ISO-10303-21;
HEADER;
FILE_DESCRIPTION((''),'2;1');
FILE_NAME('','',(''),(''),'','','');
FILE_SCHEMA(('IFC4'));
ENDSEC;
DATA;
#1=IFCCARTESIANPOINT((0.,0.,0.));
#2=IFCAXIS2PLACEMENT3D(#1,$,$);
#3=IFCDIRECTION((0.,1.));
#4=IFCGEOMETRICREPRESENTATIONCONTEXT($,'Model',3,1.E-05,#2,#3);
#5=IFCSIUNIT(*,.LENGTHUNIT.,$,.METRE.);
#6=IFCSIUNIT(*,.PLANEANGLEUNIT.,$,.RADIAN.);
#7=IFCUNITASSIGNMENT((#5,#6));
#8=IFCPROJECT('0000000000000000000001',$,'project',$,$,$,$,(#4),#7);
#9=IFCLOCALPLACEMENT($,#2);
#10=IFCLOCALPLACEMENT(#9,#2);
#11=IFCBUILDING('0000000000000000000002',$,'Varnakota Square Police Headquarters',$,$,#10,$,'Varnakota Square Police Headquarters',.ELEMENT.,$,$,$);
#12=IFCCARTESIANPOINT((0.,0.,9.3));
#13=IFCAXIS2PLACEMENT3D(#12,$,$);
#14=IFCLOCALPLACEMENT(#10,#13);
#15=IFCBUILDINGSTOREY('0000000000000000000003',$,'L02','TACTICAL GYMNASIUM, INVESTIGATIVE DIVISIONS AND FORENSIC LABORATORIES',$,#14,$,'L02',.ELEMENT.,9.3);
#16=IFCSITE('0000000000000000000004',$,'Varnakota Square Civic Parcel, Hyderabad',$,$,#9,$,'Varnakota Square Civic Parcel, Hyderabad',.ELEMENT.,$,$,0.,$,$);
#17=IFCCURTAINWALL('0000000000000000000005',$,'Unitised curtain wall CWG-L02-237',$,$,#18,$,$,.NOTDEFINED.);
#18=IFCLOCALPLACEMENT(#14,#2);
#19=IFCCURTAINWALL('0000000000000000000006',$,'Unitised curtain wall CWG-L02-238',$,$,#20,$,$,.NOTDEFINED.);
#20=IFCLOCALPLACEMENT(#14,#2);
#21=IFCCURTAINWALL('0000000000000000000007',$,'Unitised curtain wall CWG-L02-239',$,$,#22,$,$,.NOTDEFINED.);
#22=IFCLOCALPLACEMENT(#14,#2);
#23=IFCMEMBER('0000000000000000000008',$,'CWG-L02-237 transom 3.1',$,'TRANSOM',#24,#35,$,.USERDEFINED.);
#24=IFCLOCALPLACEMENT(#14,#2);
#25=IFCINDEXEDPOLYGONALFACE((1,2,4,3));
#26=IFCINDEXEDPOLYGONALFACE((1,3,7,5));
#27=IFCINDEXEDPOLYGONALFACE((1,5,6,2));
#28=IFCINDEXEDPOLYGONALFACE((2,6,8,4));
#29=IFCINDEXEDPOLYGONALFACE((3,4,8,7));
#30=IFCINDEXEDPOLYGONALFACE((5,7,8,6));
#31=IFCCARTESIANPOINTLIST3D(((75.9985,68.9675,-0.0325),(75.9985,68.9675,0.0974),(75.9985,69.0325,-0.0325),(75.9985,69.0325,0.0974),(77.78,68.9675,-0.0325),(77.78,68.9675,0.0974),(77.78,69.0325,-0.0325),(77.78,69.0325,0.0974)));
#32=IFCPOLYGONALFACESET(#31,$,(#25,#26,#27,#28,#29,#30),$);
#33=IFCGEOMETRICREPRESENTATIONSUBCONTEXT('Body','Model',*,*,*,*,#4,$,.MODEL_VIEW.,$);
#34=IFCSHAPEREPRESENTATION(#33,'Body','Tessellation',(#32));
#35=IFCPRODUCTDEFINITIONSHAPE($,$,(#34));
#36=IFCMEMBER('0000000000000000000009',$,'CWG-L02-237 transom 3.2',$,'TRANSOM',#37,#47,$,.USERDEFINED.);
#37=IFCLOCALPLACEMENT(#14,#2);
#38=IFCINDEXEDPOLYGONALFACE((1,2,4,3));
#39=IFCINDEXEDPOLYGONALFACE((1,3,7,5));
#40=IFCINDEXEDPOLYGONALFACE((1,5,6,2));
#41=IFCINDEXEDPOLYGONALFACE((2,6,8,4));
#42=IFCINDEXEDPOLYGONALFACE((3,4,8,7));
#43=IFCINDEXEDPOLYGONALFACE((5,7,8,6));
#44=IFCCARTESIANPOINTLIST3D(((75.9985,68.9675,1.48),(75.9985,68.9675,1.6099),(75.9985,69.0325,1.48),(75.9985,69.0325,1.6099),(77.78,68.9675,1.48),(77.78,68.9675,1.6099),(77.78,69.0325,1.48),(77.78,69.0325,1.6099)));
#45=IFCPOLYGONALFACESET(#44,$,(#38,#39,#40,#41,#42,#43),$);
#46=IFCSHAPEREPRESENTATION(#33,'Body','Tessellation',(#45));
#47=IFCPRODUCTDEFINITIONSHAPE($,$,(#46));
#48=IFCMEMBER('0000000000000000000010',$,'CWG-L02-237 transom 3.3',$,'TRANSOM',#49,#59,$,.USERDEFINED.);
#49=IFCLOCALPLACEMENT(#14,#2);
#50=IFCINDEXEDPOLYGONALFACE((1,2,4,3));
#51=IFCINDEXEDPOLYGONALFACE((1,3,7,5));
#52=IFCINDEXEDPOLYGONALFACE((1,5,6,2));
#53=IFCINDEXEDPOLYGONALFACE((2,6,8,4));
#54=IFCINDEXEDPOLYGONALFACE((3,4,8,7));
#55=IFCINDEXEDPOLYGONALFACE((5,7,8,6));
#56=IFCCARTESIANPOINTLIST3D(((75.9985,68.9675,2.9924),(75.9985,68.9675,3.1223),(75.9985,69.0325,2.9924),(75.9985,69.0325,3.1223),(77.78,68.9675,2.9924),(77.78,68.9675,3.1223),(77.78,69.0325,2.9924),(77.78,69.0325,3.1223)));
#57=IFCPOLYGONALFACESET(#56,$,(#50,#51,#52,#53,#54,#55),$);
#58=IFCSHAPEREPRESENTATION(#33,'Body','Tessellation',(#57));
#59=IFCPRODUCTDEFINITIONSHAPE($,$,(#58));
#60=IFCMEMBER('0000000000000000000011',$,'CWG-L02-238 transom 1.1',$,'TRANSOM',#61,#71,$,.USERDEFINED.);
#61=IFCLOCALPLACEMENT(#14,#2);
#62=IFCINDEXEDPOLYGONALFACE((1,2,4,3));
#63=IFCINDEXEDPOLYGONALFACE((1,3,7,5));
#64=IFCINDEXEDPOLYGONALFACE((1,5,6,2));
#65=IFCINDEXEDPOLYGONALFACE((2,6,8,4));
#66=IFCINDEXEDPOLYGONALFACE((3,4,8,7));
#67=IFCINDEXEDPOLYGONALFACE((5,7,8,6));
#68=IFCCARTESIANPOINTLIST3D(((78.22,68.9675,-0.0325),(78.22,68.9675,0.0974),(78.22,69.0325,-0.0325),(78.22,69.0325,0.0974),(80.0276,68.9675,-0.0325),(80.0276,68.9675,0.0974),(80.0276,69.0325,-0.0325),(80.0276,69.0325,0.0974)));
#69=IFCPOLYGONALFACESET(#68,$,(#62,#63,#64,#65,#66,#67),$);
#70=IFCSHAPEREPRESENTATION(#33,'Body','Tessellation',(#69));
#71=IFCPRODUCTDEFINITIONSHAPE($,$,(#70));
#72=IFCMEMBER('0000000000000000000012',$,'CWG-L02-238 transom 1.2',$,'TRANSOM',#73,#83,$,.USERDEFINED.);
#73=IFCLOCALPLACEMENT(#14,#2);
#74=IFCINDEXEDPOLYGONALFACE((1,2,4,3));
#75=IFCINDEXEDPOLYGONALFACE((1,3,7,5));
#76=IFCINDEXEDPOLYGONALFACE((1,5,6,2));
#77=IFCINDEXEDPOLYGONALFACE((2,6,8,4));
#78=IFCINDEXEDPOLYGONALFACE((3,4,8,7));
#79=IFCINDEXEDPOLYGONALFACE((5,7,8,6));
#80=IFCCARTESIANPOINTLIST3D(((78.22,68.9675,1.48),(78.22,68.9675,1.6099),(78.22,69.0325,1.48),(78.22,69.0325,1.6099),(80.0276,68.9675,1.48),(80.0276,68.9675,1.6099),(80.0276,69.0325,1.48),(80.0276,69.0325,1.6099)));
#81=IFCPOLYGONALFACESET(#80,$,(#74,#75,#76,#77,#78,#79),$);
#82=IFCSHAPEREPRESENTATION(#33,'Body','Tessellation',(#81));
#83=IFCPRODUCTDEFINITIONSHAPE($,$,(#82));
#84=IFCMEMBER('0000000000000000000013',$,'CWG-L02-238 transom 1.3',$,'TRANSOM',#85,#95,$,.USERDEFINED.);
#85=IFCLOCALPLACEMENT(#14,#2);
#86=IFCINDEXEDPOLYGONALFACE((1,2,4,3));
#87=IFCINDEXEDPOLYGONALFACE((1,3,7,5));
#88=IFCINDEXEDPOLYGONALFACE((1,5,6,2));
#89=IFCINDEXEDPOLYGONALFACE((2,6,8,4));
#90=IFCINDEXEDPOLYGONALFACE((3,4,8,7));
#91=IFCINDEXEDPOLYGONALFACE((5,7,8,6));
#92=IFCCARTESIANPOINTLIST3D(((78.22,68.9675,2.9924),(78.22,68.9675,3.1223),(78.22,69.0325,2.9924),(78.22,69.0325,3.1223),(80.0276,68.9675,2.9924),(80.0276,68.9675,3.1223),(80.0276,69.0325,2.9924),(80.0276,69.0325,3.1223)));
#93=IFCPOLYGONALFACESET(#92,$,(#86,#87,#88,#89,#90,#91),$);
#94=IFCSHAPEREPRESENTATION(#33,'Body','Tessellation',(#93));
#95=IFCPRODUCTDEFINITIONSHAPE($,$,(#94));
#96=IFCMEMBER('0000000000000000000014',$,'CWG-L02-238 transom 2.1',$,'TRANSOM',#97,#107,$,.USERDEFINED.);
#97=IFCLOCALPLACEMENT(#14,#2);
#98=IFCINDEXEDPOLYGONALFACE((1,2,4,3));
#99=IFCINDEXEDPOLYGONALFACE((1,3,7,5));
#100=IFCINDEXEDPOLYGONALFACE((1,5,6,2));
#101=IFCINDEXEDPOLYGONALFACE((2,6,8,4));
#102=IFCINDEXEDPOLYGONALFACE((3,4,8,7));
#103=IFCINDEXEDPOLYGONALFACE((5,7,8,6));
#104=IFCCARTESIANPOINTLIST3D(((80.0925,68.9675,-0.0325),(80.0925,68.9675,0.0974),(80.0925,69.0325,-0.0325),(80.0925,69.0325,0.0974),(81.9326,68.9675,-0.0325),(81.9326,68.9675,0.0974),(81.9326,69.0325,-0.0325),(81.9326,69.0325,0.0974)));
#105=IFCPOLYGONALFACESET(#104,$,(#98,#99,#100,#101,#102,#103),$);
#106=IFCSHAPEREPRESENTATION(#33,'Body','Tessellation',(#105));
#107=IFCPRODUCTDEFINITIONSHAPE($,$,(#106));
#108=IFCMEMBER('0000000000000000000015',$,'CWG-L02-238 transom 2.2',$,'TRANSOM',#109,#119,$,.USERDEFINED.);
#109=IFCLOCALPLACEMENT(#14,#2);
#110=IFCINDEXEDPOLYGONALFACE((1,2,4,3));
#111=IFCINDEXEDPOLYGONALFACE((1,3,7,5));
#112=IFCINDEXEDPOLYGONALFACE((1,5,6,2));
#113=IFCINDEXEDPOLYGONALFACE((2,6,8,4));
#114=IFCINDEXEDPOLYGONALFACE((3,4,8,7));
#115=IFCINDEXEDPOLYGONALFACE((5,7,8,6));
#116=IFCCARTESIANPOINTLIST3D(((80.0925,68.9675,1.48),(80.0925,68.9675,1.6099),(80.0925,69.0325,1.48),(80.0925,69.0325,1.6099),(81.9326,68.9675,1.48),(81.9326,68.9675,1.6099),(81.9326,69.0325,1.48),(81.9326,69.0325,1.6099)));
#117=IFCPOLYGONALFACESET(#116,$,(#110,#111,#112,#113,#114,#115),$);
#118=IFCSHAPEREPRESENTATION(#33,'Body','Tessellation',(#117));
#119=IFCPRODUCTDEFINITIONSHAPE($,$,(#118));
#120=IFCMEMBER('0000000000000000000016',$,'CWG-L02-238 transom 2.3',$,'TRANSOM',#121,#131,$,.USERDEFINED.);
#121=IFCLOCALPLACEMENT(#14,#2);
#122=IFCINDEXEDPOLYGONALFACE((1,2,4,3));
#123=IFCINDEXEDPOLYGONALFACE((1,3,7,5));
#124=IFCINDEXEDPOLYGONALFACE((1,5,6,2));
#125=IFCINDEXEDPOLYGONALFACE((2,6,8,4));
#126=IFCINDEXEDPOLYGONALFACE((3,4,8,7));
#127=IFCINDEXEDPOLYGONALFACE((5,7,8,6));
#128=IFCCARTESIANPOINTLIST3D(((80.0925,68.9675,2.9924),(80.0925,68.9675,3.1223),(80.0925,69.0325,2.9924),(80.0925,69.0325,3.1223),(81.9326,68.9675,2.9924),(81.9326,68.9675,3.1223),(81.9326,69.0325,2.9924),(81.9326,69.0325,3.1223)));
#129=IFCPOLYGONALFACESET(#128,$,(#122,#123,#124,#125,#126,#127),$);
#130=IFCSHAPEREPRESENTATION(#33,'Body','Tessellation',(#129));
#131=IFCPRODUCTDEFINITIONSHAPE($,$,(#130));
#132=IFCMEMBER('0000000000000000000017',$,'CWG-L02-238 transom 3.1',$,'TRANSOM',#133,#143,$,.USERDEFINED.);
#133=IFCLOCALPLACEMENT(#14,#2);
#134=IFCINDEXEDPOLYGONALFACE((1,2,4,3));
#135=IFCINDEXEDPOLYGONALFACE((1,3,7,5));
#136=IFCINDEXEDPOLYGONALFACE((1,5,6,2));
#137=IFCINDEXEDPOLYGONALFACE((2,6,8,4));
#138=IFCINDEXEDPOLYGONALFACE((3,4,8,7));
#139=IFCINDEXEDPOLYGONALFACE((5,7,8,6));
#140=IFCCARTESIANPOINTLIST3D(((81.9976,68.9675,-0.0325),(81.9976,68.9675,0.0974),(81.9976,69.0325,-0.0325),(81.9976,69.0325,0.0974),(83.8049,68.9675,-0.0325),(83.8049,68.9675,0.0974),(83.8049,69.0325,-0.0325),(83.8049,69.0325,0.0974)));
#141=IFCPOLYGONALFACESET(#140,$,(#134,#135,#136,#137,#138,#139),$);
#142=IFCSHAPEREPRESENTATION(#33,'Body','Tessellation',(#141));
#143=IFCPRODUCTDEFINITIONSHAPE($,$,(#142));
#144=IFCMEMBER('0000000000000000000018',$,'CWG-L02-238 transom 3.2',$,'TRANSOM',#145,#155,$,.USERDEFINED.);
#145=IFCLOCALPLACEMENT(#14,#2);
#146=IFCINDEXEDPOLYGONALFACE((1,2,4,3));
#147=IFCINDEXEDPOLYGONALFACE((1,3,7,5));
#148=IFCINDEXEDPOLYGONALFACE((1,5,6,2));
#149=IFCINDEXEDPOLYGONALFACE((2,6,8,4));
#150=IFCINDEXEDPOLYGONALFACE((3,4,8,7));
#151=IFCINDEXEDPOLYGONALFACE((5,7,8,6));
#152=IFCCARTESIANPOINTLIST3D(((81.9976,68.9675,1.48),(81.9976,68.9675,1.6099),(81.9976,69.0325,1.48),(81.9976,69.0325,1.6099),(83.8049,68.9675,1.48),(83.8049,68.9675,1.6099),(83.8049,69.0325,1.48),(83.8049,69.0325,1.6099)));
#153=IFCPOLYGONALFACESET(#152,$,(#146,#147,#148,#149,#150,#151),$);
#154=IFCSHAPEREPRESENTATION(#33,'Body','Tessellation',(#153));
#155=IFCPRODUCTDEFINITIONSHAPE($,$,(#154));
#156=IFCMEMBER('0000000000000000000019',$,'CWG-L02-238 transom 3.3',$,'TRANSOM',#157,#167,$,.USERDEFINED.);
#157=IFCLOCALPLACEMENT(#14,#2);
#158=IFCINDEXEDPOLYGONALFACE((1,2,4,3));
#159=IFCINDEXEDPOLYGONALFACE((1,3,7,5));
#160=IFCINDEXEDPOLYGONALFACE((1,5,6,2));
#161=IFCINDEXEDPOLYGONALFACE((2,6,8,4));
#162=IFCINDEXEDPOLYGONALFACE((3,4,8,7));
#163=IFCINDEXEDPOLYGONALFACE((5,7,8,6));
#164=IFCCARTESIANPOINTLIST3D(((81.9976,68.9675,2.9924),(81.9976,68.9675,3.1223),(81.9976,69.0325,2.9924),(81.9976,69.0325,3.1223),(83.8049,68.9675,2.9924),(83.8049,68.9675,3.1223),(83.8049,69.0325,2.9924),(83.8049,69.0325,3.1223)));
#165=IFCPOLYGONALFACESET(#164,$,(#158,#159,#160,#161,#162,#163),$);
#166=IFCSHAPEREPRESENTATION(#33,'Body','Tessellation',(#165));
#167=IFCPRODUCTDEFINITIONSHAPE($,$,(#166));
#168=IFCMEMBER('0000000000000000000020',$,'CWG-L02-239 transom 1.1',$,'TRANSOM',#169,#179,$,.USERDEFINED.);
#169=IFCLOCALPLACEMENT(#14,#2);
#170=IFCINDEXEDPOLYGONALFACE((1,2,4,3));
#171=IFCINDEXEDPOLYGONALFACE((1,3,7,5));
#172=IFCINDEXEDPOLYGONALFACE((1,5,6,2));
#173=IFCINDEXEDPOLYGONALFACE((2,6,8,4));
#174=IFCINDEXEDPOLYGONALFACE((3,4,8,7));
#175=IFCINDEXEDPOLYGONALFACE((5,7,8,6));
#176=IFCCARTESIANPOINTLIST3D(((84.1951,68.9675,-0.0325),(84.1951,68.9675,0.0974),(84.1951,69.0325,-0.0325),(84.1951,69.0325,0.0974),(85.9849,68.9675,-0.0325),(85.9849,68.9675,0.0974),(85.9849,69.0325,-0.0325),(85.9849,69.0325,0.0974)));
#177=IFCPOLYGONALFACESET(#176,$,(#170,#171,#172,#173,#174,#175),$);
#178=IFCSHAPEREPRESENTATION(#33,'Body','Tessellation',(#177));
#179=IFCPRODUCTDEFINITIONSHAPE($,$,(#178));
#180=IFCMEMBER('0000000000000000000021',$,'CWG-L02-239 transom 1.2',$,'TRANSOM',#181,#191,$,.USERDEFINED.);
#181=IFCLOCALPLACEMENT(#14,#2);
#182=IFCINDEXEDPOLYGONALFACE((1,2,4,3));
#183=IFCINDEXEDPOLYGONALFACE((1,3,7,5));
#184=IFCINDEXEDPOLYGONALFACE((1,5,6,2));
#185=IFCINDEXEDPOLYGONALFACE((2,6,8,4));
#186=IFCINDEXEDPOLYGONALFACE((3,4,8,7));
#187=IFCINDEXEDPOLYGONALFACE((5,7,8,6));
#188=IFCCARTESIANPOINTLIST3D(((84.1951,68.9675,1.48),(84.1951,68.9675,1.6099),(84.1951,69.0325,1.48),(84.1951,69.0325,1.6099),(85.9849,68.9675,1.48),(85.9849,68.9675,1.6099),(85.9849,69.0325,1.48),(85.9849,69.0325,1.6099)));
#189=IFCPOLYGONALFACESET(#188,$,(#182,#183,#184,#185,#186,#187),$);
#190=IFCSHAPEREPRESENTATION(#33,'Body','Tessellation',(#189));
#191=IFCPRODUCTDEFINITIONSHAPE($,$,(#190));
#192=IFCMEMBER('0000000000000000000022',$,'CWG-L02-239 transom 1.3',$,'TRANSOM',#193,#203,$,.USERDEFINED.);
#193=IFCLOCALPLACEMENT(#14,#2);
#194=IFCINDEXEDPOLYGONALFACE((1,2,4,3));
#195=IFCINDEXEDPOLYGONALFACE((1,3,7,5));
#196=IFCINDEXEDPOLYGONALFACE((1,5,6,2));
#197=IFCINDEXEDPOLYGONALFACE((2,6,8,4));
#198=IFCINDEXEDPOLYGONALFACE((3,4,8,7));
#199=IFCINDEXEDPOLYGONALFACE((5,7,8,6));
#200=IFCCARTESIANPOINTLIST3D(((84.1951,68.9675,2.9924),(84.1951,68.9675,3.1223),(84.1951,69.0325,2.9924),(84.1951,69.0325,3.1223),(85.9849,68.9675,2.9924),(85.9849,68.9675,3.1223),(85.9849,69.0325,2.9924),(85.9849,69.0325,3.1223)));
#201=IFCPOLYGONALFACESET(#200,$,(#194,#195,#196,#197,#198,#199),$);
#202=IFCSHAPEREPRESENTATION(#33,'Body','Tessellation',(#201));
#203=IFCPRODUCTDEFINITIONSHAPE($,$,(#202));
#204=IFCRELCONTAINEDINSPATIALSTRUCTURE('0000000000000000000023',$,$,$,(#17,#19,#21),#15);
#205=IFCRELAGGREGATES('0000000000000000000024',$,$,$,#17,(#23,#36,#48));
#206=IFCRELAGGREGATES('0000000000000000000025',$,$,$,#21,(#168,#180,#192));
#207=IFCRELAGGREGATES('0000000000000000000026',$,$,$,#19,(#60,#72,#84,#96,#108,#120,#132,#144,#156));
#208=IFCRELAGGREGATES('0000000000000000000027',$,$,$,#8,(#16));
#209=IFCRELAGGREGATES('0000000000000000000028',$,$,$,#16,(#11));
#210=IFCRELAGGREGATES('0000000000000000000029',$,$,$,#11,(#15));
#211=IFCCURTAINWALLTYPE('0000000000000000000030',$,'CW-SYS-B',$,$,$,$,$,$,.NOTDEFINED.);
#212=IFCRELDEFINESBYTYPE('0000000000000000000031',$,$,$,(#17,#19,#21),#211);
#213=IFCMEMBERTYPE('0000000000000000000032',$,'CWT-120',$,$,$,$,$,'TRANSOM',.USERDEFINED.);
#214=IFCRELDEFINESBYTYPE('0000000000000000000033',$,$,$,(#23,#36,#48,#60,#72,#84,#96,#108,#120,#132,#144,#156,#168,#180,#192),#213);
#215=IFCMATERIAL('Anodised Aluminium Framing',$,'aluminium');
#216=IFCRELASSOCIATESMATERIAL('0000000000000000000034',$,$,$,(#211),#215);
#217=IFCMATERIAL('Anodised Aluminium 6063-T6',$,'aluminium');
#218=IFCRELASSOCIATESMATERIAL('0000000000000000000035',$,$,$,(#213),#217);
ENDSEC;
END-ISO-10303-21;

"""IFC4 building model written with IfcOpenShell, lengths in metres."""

from ifc_helpers import new_model, si_unit, direction, frame, origin, origin_2d, place, context, subcontext, project, spatial, rectangle, extrude, material, material_profile, profile_set, type_object, element, aggregate, save


model = new_model("IFC4")

# Units and contexts
model_context = context("Model", 3, precision=1e-05, world=origin(), true_north=direction((0.0, 1.0)))
body_context = subcontext(model_context, "Body", "Model", "MODEL_VIEW")
ifc_project = project(units=[si_unit("LENGTHUNIT", "METRE"), si_unit("PLANEANGLEUNIT", "RADIAN")], contexts=[model_context])

# Site, building, storey
site_placement = place(None, origin())
site = spatial("IfcSite", under=ifc_project, at=site_placement, Name="Varnakota Square Civic Parcel, Hyderabad", LongName="Varnakota Square Civic Parcel, Hyderabad", CompositionType="ELEMENT", RefElevation=0.0)
building_placement = place(site_placement, origin())
building = spatial("IfcBuilding", under=site, at=building_placement, Name="Varnakota Square Police Headquarters", LongName="Varnakota Square Police Headquarters", CompositionType="ELEMENT")
storey_placement = place(building_placement, frame((0.0, 0.0, 9.3)))
storey = spatial("IfcBuildingStorey", under=building, at=storey_placement, Name="L02", Description="TACTICAL GYMNASIUM, INVESTIGATIVE DIVISIONS AND FORENSIC LABORATORIES", LongName="L02", CompositionType="ELEMENT", Elevation=9.3)

# Curtain wall
ifc_material_1 = material(Name="Anodised Aluminium Framing", Category="aluminium")
curtain_wall_type = type_object("IfcCurtainWallType", Name="CW-SYS-B", PredefinedType="NOTDEFINED", material=ifc_material_1)
curtain_wall_1_placement = place(storey_placement, origin())
curtain_wall_1 = element("IfcCurtainWall", 1, at=curtain_wall_1_placement, inside=storey, type_object=curtain_wall_type, Name="Unitised curtain wall CWG-L02-237", PredefinedType="NOTDEFINED")
ifc_material_2 = material(Name="Anodised Aluminium 6063-T6", Category="aluminium")

# Curtain walls
curtain_wall_2_placement = place(storey_placement, origin())
curtain_wall_2 = element("IfcCurtainWall", 2, at=curtain_wall_2_placement, inside=storey, type_object=curtain_wall_type, Name="Unitised curtain wall CWG-L02-238", PredefinedType="NOTDEFINED")
curtain_wall_3_placement = place(storey_placement, origin())
curtain_wall_3 = element("IfcCurtainWall", 3, at=curtain_wall_3_placement, inside=storey, type_object=curtain_wall_type, Name="Unitised curtain wall CWG-L02-239", PredefinedType="NOTDEFINED")

# Members
ifc_material_profile_1 = material_profile(ifc_material_2, rectangle(XDim=0.0649, YDim=0.1299, at=origin_2d()), Name="ALU TRANSOM 65x130")
ifc_profile_set_1 = profile_set([ifc_material_profile_1], Name="Anodised Aluminium 6063-T6")
member_type_1 = type_object("IfcMemberType", Name="CWT-120", ElementType="TRANSOM", PredefinedType="USERDEFINED", material=ifc_profile_set_1)
member_1_placement = place(storey_placement, frame((75.9985, 69.0, 0.0325), z_axis=(1.0, 0.0, 0.0), x_axis=(0.0, 1.0, 0.0)))
member_1 = element("IfcMember", 4, at=member_1_placement, type_object=member_type_1, Name="CWG-L02-237 transom 3.1", ObjectType="TRANSOM", PredefinedType="USERDEFINED", context=body_context, shape_type="SweptSolid", body=[
    extrude(rectangle(XDim=0.0649, YDim=0.1299, at=origin_2d()), origin(), (0.0, 0.0, 1.0), 1.7815),
])
member_2_placement = place(storey_placement, frame((75.9985, 69.0, 1.5449), z_axis=(1.0, 0.0, 0.0), x_axis=(0.0, 1.0, 0.0)))
member_2 = element("IfcMember", 5, at=member_2_placement, type_object=member_type_1, Name="CWG-L02-237 transom 3.2", ObjectType="TRANSOM", PredefinedType="USERDEFINED", context=body_context, shape_type="SweptSolid", body=[
    extrude(rectangle(XDim=0.0649, YDim=0.1299, at=origin_2d()), origin(), (0.0, 0.0, 1.0), 1.7815),
])
member_3_placement = place(storey_placement, frame((75.9985, 69.0, 3.0574), z_axis=(1.0, 0.0, 0.0), x_axis=(0.0, 1.0, 0.0)))
member_3 = element("IfcMember", 6, at=member_3_placement, type_object=member_type_1, Name="CWG-L02-237 transom 3.3", ObjectType="TRANSOM", PredefinedType="USERDEFINED", context=body_context, shape_type="SweptSolid", body=[
    extrude(rectangle(XDim=0.0649, YDim=0.1299, at=origin_2d()), origin(), (0.0, 0.0, 1.0), 1.7815),
])
member_4_placement = place(storey_placement, frame((78.22, 69.0, 0.0325), z_axis=(1.0, 0.0, 0.0), x_axis=(0.0, 1.0, 0.0)))
member_4 = element("IfcMember", 7, at=member_4_placement, type_object=member_type_1, Name="CWG-L02-238 transom 1.1", ObjectType="TRANSOM", PredefinedType="USERDEFINED", context=body_context, shape_type="SweptSolid", body=[
    extrude(rectangle(XDim=0.0649, YDim=0.1299, at=origin_2d()), origin(), (0.0, 0.0, 1.0), 1.8076),
])
member_5_placement = place(storey_placement, frame((78.22, 69.0, 1.5449), z_axis=(1.0, 0.0, 0.0), x_axis=(0.0, 1.0, 0.0)))
member_5 = element("IfcMember", 8, at=member_5_placement, type_object=member_type_1, Name="CWG-L02-238 transom 1.2", ObjectType="TRANSOM", PredefinedType="USERDEFINED", context=body_context, shape_type="SweptSolid", body=[
    extrude(rectangle(XDim=0.0649, YDim=0.1299, at=origin_2d()), origin(), (0.0, 0.0, 1.0), 1.8076),
])
member_6_placement = place(storey_placement, frame((78.22, 69.0, 3.0574), z_axis=(1.0, 0.0, 0.0), x_axis=(0.0, 1.0, 0.0)))
member_6 = element("IfcMember", 9, at=member_6_placement, type_object=member_type_1, Name="CWG-L02-238 transom 1.3", ObjectType="TRANSOM", PredefinedType="USERDEFINED", context=body_context, shape_type="SweptSolid", body=[
    extrude(rectangle(XDim=0.0649, YDim=0.1299, at=origin_2d()), origin(), (0.0, 0.0, 1.0), 1.8076),
])
member_7_placement = place(storey_placement, frame((80.0925, 69.0, 0.0325), z_axis=(1.0, 0.0, 0.0), x_axis=(0.0, 1.0, 0.0)))
member_7 = element("IfcMember", 10, at=member_7_placement, type_object=member_type_1, Name="CWG-L02-238 transom 2.1", ObjectType="TRANSOM", PredefinedType="USERDEFINED", context=body_context, shape_type="SweptSolid", body=[
    extrude(rectangle(XDim=0.0649, YDim=0.1299, at=origin_2d()), origin(), (0.0, 0.0, 1.0), 1.8401),
])
member_8_placement = place(storey_placement, frame((80.0925, 69.0, 1.5449), z_axis=(1.0, 0.0, 0.0), x_axis=(0.0, 1.0, 0.0)))
member_8 = element("IfcMember", 11, at=member_8_placement, type_object=member_type_1, Name="CWG-L02-238 transom 2.2", ObjectType="TRANSOM", PredefinedType="USERDEFINED", context=body_context, shape_type="SweptSolid", body=[
    extrude(rectangle(XDim=0.0649, YDim=0.1299, at=origin_2d()), origin(), (0.0, 0.0, 1.0), 1.8401),
])
member_9_placement = place(storey_placement, frame((80.0925, 69.0, 3.0574), z_axis=(1.0, 0.0, 0.0), x_axis=(0.0, 1.0, 0.0)))
member_9 = element("IfcMember", 12, at=member_9_placement, type_object=member_type_1, Name="CWG-L02-238 transom 2.3", ObjectType="TRANSOM", PredefinedType="USERDEFINED", context=body_context, shape_type="SweptSolid", body=[
    extrude(rectangle(XDim=0.0649, YDim=0.1299, at=origin_2d()), origin(), (0.0, 0.0, 1.0), 1.8401),
])
member_10_placement = place(storey_placement, frame((81.9976, 69.0, 0.0325), z_axis=(1.0, 0.0, 0.0), x_axis=(0.0, 1.0, 0.0)))
member_10 = element("IfcMember", 13, at=member_10_placement, type_object=member_type_1, Name="CWG-L02-238 transom 3.1", ObjectType="TRANSOM", PredefinedType="USERDEFINED", context=body_context, shape_type="SweptSolid", body=[
    extrude(rectangle(XDim=0.0649, YDim=0.1299, at=origin_2d()), origin(), (0.0, 0.0, 1.0), 1.8074),
])
member_11_placement = place(storey_placement, frame((81.9976, 69.0, 1.5449), z_axis=(1.0, 0.0, 0.0), x_axis=(0.0, 1.0, 0.0)))
member_11 = element("IfcMember", 14, at=member_11_placement, type_object=member_type_1, Name="CWG-L02-238 transom 3.2", ObjectType="TRANSOM", PredefinedType="USERDEFINED", context=body_context, shape_type="SweptSolid", body=[
    extrude(rectangle(XDim=0.0649, YDim=0.1299, at=origin_2d()), origin(), (0.0, 0.0, 1.0), 1.8074),
])
member_12_placement = place(storey_placement, frame((81.9976, 69.0, 3.0574), z_axis=(1.0, 0.0, 0.0), x_axis=(0.0, 1.0, 0.0)))
member_12 = element("IfcMember", 15, at=member_12_placement, type_object=member_type_1, Name="CWG-L02-238 transom 3.3", ObjectType="TRANSOM", PredefinedType="USERDEFINED", context=body_context, shape_type="SweptSolid", body=[
    extrude(rectangle(XDim=0.0649, YDim=0.1299, at=origin_2d()), origin(), (0.0, 0.0, 1.0), 1.8074),
])
member_13_placement = place(storey_placement, frame((84.1951, 69.0, 0.0325), z_axis=(1.0, 0.0, 0.0), x_axis=(0.0, 1.0, 0.0)))
member_13 = element("IfcMember", 16, at=member_13_placement, type_object=member_type_1, Name="CWG-L02-239 transom 1.1", ObjectType="TRANSOM", PredefinedType="USERDEFINED", context=body_context, shape_type="SweptSolid", body=[
    extrude(rectangle(XDim=0.0649, YDim=0.1299, at=origin_2d()), origin(), (0.0, 0.0, 1.0), 1.7898),
])
member_14_placement = place(storey_placement, frame((84.1951, 69.0, 1.5449), z_axis=(1.0, 0.0, 0.0), x_axis=(0.0, 1.0, 0.0)))
member_14 = element("IfcMember", 17, at=member_14_placement, type_object=member_type_1, Name="CWG-L02-239 transom 1.2", ObjectType="TRANSOM", PredefinedType="USERDEFINED", context=body_context, shape_type="SweptSolid", body=[
    extrude(rectangle(XDim=0.0649, YDim=0.1299, at=origin_2d()), origin(), (0.0, 0.0, 1.0), 1.7898),
])
member_15_placement = place(storey_placement, frame((84.1951, 69.0, 3.0574), z_axis=(1.0, 0.0, 0.0), x_axis=(0.0, 1.0, 0.0)))
member_15 = element("IfcMember", 18, at=member_15_placement, type_object=member_type_1, Name="CWG-L02-239 transom 1.3", ObjectType="TRANSOM", PredefinedType="USERDEFINED", context=body_context, shape_type="SweptSolid", body=[
    extrude(rectangle(XDim=0.0649, YDim=0.1299, at=origin_2d()), origin(), (0.0, 0.0, 1.0), 1.7898),
])

aggregate(curtain_wall_1, [member_1, member_2, member_3])
aggregate(curtain_wall_3, [member_13, member_14, member_15])
aggregate(curtain_wall_2, [member_4, member_5, member_6, member_7, member_8, member_9, member_10, member_11, member_12])

save(model, "model.ifc")
